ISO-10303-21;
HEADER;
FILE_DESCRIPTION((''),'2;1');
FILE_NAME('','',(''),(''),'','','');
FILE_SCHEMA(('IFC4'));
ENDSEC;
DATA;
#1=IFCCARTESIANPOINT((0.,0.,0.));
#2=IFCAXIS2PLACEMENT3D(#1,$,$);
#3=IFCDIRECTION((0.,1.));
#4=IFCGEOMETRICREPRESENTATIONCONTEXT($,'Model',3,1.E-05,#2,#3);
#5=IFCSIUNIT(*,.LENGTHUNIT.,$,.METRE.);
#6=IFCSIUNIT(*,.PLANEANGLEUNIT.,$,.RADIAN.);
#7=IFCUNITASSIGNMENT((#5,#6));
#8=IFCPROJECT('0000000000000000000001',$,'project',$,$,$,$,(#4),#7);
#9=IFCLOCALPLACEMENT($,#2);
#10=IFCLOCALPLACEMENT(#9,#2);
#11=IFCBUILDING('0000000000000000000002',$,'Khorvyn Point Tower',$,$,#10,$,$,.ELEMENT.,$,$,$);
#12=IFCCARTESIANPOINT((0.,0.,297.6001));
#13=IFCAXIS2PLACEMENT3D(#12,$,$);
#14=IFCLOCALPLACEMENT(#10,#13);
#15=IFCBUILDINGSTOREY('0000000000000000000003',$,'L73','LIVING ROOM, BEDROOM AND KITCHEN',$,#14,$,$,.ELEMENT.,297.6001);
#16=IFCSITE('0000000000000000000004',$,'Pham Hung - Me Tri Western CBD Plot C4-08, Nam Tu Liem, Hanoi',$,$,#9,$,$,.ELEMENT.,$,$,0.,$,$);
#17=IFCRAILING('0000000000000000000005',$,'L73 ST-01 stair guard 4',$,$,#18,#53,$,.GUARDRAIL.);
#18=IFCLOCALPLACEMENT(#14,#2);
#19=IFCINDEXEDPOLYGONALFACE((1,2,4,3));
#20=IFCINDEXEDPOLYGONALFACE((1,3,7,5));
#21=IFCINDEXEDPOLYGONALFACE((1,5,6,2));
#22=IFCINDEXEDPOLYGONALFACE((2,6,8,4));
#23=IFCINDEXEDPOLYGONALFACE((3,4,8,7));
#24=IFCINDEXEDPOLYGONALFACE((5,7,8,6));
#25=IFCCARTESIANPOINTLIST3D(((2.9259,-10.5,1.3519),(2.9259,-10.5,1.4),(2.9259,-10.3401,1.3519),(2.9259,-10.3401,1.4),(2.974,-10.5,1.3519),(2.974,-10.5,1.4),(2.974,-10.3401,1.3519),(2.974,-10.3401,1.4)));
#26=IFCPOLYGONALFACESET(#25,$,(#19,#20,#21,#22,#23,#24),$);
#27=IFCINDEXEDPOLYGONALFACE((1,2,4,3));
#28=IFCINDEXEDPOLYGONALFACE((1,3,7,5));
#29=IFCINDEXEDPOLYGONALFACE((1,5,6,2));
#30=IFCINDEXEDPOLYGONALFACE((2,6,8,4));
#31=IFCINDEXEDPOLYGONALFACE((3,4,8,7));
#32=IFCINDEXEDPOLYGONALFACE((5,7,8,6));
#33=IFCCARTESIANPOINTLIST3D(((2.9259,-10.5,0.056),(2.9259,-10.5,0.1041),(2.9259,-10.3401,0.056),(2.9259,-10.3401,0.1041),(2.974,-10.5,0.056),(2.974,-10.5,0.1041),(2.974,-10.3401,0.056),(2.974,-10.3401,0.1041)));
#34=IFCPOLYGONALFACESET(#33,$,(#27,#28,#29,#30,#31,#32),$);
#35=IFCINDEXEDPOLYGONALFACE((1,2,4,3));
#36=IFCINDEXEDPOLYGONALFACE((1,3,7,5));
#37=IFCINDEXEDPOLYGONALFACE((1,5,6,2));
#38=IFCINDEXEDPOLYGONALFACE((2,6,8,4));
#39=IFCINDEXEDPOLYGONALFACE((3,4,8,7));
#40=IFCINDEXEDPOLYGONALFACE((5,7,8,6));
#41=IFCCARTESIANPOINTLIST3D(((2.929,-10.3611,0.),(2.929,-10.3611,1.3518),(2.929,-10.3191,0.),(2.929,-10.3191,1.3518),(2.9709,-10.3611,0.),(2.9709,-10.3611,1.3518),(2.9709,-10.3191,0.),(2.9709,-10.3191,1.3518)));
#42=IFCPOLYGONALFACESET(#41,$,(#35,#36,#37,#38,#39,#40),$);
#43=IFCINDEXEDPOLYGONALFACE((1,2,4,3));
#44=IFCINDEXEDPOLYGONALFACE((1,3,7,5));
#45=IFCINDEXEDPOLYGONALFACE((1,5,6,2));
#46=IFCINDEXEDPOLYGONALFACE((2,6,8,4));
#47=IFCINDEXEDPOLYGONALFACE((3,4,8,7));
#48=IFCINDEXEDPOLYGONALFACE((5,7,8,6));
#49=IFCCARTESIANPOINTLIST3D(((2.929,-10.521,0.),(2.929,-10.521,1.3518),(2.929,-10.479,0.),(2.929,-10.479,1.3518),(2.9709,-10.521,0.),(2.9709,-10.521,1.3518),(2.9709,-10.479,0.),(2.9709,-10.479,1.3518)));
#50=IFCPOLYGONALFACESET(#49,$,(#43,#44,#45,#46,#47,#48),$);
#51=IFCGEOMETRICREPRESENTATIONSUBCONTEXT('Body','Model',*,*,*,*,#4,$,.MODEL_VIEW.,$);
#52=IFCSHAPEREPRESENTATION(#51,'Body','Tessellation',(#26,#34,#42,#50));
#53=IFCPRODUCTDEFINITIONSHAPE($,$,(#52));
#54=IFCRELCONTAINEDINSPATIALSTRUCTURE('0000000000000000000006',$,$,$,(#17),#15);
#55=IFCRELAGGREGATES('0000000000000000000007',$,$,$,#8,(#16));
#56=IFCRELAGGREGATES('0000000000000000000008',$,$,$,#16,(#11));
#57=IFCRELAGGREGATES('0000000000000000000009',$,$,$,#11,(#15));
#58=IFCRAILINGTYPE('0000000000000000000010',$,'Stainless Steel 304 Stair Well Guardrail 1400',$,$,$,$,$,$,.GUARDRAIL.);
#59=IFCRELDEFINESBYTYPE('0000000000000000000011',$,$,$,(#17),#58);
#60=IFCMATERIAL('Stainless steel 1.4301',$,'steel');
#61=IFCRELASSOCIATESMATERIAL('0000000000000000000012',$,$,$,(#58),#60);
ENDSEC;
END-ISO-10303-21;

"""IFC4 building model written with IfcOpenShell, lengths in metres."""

from ifc_helpers import new_model, si_unit, direction, frame, origin, origin_2d, place, context, subcontext, project, spatial, rectangle, extrude, material, type_object, element, save


model = new_model("IFC4")

# Units and contexts
model_context = context("Model", 3, precision=1e-05, world=origin(), true_north=direction((0.0, 1.0)))
body_context = subcontext(model_context, "Body", "Model", "MODEL_VIEW")
ifc_project = project(units=[si_unit("LENGTHUNIT", "METRE"), si_unit("PLANEANGLEUNIT", "RADIAN")], contexts=[model_context])

# Site, building, storey
site_placement = place(None, origin())
site = spatial("IfcSite", under=ifc_project, at=site_placement, Name="Pham Hung - Me Tri Western CBD Plot C4-08, Nam Tu Liem, Hanoi", CompositionType="ELEMENT", RefElevation=0.0)
building_placement = place(site_placement, origin())
building = spatial("IfcBuilding", under=site, at=building_placement, Name="Khorvyn Point Tower", CompositionType="ELEMENT")
storey_placement = place(building_placement, frame((0.0, 0.0, 297.6001)))
storey = spatial("IfcBuildingStorey", under=building, at=storey_placement, Name="L73", Description="LIVING ROOM, BEDROOM AND KITCHEN", CompositionType="ELEMENT", Elevation=297.6001)

# Shared definitions
ifc_material_1 = material(Name="Stainless steel 1.4301", Category="steel")

# Railing
railing_type_1 = type_object("IfcRailingType", Name="Stainless Steel 304 Stair Well Guardrail 1400", PredefinedType="GUARDRAIL", material=ifc_material_1)
railing_1_placement = place(storey_placement, frame((2.95, -10.3401, 0.0)))
element("IfcRailing", 1, at=railing_1_placement, inside=storey, type_object=railing_type_1, Name="L73 ST-01 stair guard 4", PredefinedType="GUARDRAIL", context=body_context, shape_type="SweptSolid", body=[
    extrude(rectangle(XDim=0.0481, YDim=0.0481, at=origin_2d()), frame((0.0, 0.0, 1.376), z_axis=(0.0, -1.0, 0.0), x_axis=(1.0, 0.0, 0.0)), (0.0, 0.0, 1.0), 0.1599),
    extrude(rectangle(XDim=0.0481, YDim=0.0481, at=origin_2d()), frame((0.0, 0.0, 0.0801), z_axis=(0.0, -1.0, 0.0), x_axis=(1.0, 0.0, 0.0)), (0.0, 0.0, 1.0), 0.1599),
    extrude(rectangle(XDim=0.042, YDim=0.042, at=origin_2d()), origin(), (0.0, 0.0, 1.0), 1.3518),
    extrude(rectangle(XDim=0.042, YDim=0.042, at=origin_2d()), frame((0.0, -0.1599, 0.0)), (0.0, 0.0, 1.0), 1.3518),
])

save(model, "model.ifc")
